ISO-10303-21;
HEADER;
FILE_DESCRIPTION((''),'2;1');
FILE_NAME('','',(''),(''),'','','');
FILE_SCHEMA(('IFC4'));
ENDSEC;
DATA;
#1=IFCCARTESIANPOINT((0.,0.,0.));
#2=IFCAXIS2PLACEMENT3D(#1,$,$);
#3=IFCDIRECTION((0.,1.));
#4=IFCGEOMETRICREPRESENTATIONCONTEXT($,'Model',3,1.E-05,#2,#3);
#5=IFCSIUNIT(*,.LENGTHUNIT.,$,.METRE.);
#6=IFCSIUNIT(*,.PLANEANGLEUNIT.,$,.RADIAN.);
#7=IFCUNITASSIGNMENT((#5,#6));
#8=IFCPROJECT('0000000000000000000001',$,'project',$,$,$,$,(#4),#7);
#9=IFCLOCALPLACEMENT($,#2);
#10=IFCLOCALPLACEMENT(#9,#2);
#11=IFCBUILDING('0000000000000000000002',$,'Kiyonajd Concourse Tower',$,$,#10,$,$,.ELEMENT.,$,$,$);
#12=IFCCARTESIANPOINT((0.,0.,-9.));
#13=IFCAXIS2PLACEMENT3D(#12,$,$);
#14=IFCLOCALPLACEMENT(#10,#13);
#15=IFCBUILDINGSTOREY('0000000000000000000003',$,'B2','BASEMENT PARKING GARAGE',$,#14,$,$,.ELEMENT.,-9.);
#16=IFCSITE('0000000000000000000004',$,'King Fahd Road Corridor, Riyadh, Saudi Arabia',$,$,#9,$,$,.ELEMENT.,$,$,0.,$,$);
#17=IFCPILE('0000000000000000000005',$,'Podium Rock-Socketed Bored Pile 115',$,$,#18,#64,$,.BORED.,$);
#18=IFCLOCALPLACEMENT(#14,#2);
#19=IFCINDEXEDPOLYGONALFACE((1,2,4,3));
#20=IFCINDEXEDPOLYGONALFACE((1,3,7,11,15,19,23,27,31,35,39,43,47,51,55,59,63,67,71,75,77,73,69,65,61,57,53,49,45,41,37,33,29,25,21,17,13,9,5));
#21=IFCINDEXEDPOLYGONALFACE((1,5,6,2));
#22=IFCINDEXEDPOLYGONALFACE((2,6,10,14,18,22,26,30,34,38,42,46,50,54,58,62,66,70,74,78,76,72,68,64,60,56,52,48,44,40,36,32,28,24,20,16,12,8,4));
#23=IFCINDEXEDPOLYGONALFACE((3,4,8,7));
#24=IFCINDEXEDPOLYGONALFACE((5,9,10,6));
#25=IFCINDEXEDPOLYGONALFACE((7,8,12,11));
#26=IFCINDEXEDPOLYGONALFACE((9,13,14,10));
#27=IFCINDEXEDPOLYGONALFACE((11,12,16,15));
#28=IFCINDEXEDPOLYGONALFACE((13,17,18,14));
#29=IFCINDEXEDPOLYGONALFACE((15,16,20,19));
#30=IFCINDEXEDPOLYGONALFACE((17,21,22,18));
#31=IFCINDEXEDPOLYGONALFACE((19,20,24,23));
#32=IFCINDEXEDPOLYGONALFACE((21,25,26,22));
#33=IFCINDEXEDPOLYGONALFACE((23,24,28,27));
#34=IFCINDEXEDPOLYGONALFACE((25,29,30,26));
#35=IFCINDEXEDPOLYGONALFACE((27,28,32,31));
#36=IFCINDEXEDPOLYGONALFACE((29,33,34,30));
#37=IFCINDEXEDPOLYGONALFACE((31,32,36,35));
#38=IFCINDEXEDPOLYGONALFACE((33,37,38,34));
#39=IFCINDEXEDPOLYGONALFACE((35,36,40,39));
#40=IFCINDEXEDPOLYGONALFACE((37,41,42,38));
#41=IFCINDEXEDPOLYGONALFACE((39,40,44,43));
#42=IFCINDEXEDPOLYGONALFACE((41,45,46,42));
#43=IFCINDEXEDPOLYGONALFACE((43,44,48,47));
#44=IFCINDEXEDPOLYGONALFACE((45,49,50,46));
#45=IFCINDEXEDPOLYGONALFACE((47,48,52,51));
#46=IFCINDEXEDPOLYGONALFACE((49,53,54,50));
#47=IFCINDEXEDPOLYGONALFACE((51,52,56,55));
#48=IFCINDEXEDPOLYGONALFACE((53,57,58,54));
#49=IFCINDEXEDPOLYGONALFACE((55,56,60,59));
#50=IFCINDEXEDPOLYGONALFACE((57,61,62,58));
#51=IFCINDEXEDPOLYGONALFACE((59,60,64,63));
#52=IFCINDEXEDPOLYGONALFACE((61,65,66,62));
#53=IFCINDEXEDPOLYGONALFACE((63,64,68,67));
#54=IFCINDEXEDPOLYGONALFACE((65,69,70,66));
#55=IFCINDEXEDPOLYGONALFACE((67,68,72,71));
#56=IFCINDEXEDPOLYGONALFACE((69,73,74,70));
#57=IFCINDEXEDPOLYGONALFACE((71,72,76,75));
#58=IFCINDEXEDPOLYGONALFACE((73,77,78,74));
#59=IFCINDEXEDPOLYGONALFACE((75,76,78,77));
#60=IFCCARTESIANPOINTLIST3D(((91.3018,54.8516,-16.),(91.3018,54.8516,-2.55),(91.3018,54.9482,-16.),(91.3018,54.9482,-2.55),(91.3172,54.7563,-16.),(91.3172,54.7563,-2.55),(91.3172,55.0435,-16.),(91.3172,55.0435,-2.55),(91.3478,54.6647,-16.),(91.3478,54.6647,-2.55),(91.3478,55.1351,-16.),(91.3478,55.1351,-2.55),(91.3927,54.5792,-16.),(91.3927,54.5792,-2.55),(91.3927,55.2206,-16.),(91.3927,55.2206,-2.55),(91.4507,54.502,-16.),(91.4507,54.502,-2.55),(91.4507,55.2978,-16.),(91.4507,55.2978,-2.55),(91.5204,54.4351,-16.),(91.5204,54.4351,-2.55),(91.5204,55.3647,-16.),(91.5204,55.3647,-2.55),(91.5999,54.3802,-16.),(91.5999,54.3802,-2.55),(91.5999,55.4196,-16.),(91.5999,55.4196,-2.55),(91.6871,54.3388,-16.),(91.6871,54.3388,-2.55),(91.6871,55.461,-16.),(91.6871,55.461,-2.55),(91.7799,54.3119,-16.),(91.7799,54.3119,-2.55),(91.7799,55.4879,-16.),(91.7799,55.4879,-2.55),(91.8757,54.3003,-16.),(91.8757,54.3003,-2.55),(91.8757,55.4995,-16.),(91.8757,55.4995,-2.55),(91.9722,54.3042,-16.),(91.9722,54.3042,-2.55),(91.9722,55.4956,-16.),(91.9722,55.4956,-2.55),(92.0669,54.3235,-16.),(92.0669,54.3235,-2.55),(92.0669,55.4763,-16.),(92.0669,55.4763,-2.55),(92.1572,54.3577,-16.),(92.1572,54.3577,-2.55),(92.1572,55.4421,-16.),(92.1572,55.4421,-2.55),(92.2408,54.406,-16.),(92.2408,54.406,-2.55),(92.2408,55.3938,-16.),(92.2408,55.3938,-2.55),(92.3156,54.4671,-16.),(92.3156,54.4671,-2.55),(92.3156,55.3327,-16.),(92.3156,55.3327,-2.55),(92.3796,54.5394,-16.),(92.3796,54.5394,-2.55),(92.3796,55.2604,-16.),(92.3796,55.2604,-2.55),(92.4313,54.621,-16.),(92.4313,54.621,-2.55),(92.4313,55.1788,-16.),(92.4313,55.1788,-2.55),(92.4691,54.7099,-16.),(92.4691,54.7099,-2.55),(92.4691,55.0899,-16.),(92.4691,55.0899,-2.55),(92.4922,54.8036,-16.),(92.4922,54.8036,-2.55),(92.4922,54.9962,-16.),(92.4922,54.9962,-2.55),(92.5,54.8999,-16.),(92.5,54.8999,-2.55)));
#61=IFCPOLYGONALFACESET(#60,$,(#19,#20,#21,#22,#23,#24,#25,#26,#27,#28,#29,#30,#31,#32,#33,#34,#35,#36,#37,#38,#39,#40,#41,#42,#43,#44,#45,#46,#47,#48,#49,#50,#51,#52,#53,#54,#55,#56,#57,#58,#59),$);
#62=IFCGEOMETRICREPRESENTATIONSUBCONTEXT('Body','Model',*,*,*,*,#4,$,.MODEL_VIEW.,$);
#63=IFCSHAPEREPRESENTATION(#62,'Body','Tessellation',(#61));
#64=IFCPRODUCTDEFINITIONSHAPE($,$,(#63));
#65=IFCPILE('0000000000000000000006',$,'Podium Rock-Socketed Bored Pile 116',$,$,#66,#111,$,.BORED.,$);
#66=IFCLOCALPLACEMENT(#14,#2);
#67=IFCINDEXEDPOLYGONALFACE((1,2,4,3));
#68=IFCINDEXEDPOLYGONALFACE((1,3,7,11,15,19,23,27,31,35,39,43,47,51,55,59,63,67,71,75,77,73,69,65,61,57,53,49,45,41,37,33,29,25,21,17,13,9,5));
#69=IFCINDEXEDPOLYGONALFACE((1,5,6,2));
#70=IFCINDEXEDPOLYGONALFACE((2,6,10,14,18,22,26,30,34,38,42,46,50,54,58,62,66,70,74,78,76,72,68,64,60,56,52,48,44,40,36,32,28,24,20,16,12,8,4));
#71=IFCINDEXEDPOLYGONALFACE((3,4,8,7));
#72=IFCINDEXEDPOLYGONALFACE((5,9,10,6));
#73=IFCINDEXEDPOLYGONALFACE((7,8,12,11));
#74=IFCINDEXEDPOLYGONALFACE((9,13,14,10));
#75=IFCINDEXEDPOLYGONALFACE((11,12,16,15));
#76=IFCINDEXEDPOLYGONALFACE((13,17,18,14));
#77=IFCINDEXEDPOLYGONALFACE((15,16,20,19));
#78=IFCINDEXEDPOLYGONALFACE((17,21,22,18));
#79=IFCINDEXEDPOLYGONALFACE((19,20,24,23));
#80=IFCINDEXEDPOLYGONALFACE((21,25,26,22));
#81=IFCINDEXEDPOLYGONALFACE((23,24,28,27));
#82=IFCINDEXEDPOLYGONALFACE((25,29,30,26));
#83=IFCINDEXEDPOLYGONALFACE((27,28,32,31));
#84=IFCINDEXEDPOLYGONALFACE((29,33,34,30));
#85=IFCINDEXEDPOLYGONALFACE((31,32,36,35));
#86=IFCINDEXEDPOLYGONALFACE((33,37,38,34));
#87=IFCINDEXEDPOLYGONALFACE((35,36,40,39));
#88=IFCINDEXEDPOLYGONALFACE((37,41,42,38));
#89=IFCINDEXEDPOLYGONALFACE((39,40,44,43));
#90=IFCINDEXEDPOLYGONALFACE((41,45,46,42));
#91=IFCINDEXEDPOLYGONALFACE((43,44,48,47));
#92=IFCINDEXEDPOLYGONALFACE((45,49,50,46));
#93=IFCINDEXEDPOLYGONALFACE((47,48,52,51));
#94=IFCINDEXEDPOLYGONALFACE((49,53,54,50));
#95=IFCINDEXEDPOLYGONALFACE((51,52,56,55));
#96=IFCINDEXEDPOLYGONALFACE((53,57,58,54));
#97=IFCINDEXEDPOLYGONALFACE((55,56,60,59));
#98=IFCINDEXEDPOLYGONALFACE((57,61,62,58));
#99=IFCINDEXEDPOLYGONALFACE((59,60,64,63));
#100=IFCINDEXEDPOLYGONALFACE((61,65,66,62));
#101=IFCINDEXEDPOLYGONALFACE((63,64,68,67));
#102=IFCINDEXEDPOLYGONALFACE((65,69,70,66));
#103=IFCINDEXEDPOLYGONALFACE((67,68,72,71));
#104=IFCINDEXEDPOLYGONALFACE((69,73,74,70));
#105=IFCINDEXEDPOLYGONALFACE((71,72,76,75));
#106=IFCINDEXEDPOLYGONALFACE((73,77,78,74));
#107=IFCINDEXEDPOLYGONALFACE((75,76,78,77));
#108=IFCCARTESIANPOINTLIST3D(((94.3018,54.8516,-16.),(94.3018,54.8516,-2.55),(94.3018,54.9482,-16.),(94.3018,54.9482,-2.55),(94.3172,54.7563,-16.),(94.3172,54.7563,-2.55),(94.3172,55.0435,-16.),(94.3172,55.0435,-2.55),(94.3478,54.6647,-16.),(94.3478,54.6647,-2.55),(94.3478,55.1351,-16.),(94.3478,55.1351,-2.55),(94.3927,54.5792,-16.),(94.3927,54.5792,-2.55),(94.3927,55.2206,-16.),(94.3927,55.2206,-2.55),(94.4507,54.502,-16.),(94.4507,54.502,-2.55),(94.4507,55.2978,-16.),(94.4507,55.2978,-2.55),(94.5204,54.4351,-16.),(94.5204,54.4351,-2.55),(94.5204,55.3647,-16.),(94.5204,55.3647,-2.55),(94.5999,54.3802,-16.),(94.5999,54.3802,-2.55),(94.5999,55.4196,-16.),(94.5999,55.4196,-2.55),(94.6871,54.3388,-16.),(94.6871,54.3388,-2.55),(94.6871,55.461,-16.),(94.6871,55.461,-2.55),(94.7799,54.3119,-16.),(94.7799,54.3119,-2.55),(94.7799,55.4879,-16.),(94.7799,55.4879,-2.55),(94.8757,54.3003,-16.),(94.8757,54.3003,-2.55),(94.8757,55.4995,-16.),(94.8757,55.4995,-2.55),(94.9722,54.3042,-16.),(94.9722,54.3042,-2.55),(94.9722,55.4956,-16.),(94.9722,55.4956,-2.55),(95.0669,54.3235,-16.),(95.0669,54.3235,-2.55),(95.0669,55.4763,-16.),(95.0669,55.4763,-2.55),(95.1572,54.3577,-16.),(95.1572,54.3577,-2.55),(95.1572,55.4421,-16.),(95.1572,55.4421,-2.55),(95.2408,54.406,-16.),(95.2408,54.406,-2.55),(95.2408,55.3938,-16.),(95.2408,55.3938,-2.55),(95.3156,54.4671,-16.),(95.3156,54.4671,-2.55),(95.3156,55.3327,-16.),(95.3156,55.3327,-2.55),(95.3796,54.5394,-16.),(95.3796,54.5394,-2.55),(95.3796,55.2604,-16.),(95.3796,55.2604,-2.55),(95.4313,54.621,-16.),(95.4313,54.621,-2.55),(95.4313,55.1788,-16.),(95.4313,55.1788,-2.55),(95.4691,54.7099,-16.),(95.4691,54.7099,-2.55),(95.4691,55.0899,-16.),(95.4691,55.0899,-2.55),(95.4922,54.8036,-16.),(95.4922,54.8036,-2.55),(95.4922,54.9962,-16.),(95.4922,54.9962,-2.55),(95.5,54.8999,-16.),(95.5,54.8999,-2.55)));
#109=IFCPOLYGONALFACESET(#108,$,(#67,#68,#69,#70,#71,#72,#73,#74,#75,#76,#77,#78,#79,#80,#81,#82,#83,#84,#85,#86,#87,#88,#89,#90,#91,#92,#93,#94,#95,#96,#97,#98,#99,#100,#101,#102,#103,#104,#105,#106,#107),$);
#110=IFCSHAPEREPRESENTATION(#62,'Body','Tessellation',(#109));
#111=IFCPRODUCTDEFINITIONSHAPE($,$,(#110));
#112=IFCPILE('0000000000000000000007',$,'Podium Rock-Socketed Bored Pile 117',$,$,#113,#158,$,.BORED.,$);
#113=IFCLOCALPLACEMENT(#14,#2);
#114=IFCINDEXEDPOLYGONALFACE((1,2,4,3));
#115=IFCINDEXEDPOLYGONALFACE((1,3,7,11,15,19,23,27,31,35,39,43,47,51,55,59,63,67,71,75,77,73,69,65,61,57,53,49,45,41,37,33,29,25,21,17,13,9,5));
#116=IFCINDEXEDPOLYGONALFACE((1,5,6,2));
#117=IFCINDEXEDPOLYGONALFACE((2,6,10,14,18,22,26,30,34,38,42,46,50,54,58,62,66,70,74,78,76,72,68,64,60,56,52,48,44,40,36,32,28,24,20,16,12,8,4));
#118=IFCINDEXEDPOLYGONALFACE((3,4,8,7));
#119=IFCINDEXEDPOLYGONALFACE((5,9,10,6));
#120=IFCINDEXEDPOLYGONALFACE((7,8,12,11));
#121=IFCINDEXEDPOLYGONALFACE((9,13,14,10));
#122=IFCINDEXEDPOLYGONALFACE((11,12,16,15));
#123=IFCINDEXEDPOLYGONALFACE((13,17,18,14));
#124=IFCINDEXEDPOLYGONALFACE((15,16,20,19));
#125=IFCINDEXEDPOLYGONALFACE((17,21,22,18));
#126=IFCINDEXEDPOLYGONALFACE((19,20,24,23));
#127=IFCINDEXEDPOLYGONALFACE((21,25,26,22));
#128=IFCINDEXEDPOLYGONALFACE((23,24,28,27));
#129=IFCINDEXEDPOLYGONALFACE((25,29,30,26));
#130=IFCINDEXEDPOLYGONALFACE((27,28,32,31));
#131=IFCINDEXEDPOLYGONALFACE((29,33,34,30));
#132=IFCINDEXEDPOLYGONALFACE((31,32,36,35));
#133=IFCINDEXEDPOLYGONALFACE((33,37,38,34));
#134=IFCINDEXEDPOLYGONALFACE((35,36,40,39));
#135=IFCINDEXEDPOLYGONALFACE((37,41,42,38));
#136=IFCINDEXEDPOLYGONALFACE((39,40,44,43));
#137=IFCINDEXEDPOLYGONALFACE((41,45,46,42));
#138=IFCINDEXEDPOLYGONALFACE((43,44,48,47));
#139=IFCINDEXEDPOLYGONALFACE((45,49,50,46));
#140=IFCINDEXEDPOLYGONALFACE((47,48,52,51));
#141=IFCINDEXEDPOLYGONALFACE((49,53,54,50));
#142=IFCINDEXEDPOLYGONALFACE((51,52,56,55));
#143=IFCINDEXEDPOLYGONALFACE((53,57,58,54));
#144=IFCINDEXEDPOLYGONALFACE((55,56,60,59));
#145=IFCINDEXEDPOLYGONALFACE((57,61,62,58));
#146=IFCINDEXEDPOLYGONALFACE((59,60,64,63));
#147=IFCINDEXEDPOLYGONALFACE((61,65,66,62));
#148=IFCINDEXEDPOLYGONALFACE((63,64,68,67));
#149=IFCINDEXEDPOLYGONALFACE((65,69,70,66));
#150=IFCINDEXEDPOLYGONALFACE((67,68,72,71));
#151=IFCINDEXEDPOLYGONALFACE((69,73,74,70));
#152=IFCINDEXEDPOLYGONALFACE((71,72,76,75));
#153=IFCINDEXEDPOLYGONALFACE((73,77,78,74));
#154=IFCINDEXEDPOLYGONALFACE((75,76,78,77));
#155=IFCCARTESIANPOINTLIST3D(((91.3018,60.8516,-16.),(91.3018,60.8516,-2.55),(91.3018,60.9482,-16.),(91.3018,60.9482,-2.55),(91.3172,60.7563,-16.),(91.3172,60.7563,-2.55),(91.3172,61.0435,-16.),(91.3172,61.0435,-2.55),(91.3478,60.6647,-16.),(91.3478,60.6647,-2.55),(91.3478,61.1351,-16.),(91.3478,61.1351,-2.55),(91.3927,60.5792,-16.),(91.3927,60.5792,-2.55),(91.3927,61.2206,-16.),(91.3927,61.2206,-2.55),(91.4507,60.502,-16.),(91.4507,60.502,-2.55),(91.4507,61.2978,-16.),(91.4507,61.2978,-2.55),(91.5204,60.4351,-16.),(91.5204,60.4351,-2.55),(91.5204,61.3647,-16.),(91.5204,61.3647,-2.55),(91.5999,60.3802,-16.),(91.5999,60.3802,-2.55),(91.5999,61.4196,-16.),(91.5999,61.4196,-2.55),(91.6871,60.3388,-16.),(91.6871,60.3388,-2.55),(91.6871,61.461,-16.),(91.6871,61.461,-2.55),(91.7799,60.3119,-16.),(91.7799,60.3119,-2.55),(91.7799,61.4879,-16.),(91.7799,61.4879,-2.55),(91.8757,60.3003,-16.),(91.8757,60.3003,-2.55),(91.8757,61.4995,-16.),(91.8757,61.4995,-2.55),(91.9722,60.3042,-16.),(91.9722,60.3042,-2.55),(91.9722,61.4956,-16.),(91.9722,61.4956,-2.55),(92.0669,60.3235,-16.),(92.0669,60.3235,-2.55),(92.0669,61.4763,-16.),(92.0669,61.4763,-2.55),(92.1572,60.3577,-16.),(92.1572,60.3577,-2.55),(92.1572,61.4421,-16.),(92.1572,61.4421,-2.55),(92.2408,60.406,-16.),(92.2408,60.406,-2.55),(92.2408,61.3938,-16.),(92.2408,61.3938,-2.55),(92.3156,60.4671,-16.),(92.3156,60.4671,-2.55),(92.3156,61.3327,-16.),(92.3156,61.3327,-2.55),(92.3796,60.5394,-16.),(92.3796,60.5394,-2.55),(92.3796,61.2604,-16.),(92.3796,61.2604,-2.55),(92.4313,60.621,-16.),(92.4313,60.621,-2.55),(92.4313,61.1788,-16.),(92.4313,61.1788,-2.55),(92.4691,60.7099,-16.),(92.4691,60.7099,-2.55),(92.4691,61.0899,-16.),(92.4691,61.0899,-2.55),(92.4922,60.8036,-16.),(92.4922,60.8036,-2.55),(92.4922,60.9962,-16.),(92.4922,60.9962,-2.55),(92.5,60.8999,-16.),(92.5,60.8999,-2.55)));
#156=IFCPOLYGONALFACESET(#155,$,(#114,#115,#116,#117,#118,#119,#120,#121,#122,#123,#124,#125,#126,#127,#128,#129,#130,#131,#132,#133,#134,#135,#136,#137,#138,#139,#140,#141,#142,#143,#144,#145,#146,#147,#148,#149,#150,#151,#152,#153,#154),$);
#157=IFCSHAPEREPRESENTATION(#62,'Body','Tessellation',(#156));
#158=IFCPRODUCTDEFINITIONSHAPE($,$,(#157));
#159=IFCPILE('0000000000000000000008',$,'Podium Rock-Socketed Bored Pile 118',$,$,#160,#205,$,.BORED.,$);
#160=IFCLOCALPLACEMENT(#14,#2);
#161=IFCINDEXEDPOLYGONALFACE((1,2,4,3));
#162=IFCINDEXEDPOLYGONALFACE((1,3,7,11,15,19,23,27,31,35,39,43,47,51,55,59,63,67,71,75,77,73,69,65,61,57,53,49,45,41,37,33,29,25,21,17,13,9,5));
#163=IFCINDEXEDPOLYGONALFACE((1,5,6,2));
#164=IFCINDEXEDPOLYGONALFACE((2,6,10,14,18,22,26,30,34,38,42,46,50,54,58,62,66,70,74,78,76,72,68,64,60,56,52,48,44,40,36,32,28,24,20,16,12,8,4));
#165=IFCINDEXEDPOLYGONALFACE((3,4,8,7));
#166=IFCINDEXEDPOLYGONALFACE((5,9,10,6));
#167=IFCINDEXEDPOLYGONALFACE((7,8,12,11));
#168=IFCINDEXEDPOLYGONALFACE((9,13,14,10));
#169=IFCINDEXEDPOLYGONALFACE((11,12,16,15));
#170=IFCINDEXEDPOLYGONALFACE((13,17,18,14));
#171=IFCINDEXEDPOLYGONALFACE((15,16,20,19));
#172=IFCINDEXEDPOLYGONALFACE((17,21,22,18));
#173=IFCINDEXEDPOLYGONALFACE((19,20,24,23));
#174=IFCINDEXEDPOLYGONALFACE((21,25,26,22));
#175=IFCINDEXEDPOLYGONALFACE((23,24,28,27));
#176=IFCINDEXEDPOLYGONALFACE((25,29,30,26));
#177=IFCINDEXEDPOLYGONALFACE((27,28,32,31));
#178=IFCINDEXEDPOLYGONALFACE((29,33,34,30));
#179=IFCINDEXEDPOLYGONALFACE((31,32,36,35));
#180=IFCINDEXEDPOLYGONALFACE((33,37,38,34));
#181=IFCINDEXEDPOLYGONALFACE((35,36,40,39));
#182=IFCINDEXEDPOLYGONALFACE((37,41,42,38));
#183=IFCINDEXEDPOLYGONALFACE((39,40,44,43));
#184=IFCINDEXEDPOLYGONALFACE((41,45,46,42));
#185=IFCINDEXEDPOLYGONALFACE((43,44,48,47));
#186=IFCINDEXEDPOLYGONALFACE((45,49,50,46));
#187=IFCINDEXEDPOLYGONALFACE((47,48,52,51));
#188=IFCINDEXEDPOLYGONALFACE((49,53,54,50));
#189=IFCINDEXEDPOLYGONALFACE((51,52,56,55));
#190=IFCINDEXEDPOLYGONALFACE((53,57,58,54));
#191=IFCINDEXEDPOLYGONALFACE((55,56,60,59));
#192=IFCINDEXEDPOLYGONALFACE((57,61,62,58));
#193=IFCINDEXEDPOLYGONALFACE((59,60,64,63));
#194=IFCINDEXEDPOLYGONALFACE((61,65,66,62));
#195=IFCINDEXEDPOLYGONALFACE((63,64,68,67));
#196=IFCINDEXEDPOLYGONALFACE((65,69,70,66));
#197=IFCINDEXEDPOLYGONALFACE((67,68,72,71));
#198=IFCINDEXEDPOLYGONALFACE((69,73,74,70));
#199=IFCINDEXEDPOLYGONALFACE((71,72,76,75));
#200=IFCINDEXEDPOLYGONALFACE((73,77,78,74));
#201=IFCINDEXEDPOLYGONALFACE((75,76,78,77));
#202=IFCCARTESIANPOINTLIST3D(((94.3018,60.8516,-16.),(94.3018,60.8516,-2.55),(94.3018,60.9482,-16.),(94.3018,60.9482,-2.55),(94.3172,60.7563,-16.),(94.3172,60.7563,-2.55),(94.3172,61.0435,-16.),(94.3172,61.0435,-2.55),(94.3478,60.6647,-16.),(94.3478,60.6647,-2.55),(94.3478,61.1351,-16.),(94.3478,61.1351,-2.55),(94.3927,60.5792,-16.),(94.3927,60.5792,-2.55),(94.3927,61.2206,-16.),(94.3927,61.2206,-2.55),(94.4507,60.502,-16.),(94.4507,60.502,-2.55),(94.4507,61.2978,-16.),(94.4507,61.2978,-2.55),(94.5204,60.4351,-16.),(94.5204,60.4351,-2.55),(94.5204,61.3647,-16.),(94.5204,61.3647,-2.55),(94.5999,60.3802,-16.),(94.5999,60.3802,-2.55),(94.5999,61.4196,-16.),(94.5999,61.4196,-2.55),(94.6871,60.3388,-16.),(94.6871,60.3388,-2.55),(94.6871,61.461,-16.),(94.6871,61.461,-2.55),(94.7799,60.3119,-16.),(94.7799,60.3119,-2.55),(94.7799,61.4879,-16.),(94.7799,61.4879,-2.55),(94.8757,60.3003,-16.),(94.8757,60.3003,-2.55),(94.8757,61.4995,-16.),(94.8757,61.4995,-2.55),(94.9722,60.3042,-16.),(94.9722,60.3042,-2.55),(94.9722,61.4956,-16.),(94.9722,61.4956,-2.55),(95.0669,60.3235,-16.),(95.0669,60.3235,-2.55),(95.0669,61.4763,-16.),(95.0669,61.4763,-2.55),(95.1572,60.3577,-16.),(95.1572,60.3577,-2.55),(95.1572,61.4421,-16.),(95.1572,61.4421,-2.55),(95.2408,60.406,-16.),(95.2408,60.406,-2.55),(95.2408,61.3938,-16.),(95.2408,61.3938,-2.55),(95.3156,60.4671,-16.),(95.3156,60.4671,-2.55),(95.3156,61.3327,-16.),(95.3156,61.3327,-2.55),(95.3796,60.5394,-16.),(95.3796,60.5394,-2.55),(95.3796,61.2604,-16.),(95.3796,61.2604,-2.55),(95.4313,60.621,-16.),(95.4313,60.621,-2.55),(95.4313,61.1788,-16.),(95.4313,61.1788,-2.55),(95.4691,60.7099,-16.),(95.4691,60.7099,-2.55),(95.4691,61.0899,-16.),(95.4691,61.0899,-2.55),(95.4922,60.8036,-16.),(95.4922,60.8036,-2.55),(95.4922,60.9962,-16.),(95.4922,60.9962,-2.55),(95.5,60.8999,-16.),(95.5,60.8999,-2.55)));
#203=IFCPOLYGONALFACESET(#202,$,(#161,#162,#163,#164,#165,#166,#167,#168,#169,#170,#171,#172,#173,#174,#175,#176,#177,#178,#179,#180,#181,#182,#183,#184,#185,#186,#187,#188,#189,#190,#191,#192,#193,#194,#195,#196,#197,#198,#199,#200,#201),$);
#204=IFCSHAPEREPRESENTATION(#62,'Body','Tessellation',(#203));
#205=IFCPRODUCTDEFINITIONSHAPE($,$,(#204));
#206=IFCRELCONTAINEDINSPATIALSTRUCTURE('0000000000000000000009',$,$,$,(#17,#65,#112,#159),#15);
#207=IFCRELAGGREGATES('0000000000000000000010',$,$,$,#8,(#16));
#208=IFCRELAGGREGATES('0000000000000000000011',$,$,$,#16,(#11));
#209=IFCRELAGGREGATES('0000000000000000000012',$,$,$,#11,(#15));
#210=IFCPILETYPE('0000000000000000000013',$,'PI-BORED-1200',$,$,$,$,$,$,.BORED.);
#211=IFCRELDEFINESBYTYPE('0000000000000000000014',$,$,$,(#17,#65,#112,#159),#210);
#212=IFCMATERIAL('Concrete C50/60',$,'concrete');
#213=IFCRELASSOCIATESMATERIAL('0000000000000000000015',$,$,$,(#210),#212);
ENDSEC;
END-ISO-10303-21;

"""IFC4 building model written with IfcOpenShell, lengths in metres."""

from ifc_helpers import new_model, si_unit, direction, frame, origin, origin_2d, place, context, subcontext, project, spatial, circle, extrude, material, material_profile, profile_set, type_object, element, save


model = new_model("IFC4")

# Units and contexts
model_context = context("Model", 3, precision=1e-05, world=origin(), true_north=direction((0.0, 1.0)))
body_context = subcontext(model_context, "Body", "Model", "MODEL_VIEW")
ifc_project = project(units=[si_unit("LENGTHUNIT", "METRE"), si_unit("PLANEANGLEUNIT", "RADIAN")], contexts=[model_context])

# Site, building, storey
site_placement = place(None, origin())
site = spatial("IfcSite", under=ifc_project, at=site_placement, Name="King Fahd Road Corridor, Riyadh, Saudi Arabia", CompositionType="ELEMENT", RefElevation=0.0)
building_placement = place(site_placement, origin())
building = spatial("IfcBuilding", under=site, at=building_placement, Name="Kiyonajd Concourse Tower", CompositionType="ELEMENT")
storey_placement = place(building_placement, frame((0.0, 0.0, -9.0)))
storey = spatial("IfcBuildingStorey", under=building, at=storey_placement, Name="B2", Description="BASEMENT PARKING GARAGE", CompositionType="ELEMENT", Elevation=-9.0)

# Shared definitions
ifc_material_1 = material(Name="Concrete C50/60", Category="concrete")

# Piles
ifc_material_profile_1 = material_profile(ifc_material_1, circle(Radius=0.6001, at=origin_2d()), Name="PILE-D1200")
ifc_profile_set_1 = profile_set([ifc_material_profile_1], Name="Concrete C50/60")
pile_type = type_object("IfcPileType", Name="PI-BORED-1200", PredefinedType="BORED", material=ifc_profile_set_1)
for number, where, z_axis, x_axis, name in (
    (1, (91.8999, 54.8999, -2.55), (0.0, 0.0, -1.0), (1.0, 0.0, 0.0), "Podium Rock-Socketed Bored Pile 115"),
    (2, (94.8999, 54.8999, -2.55), (0.0, 0.0, -1.0), (1.0, 0.0, 0.0), "Podium Rock-Socketed Bored Pile 116"),
    (3, (91.8999, 60.8999, -2.55), (0.0, 0.0, -1.0), (1.0, 0.0, 0.0), "Podium Rock-Socketed Bored Pile 117"),
    (4, (94.8999, 60.8999, -2.55), (0.0, 0.0, -1.0), (1.0, 0.0, 0.0), "Podium Rock-Socketed Bored Pile 118"),
):
    element("IfcPile", number, at=place(storey_placement, frame(where, z_axis=z_axis, x_axis=x_axis)), inside=storey, type_object=pile_type, Name=name, PredefinedType="BORED", context=body_context, shape_type="SweptSolid", body=[
        extrude(circle(Radius=0.6001, at=origin_2d()), origin(), (0.0, 0.0, 1.0), 13.45),
    ])

save(model, "model.ifc")
